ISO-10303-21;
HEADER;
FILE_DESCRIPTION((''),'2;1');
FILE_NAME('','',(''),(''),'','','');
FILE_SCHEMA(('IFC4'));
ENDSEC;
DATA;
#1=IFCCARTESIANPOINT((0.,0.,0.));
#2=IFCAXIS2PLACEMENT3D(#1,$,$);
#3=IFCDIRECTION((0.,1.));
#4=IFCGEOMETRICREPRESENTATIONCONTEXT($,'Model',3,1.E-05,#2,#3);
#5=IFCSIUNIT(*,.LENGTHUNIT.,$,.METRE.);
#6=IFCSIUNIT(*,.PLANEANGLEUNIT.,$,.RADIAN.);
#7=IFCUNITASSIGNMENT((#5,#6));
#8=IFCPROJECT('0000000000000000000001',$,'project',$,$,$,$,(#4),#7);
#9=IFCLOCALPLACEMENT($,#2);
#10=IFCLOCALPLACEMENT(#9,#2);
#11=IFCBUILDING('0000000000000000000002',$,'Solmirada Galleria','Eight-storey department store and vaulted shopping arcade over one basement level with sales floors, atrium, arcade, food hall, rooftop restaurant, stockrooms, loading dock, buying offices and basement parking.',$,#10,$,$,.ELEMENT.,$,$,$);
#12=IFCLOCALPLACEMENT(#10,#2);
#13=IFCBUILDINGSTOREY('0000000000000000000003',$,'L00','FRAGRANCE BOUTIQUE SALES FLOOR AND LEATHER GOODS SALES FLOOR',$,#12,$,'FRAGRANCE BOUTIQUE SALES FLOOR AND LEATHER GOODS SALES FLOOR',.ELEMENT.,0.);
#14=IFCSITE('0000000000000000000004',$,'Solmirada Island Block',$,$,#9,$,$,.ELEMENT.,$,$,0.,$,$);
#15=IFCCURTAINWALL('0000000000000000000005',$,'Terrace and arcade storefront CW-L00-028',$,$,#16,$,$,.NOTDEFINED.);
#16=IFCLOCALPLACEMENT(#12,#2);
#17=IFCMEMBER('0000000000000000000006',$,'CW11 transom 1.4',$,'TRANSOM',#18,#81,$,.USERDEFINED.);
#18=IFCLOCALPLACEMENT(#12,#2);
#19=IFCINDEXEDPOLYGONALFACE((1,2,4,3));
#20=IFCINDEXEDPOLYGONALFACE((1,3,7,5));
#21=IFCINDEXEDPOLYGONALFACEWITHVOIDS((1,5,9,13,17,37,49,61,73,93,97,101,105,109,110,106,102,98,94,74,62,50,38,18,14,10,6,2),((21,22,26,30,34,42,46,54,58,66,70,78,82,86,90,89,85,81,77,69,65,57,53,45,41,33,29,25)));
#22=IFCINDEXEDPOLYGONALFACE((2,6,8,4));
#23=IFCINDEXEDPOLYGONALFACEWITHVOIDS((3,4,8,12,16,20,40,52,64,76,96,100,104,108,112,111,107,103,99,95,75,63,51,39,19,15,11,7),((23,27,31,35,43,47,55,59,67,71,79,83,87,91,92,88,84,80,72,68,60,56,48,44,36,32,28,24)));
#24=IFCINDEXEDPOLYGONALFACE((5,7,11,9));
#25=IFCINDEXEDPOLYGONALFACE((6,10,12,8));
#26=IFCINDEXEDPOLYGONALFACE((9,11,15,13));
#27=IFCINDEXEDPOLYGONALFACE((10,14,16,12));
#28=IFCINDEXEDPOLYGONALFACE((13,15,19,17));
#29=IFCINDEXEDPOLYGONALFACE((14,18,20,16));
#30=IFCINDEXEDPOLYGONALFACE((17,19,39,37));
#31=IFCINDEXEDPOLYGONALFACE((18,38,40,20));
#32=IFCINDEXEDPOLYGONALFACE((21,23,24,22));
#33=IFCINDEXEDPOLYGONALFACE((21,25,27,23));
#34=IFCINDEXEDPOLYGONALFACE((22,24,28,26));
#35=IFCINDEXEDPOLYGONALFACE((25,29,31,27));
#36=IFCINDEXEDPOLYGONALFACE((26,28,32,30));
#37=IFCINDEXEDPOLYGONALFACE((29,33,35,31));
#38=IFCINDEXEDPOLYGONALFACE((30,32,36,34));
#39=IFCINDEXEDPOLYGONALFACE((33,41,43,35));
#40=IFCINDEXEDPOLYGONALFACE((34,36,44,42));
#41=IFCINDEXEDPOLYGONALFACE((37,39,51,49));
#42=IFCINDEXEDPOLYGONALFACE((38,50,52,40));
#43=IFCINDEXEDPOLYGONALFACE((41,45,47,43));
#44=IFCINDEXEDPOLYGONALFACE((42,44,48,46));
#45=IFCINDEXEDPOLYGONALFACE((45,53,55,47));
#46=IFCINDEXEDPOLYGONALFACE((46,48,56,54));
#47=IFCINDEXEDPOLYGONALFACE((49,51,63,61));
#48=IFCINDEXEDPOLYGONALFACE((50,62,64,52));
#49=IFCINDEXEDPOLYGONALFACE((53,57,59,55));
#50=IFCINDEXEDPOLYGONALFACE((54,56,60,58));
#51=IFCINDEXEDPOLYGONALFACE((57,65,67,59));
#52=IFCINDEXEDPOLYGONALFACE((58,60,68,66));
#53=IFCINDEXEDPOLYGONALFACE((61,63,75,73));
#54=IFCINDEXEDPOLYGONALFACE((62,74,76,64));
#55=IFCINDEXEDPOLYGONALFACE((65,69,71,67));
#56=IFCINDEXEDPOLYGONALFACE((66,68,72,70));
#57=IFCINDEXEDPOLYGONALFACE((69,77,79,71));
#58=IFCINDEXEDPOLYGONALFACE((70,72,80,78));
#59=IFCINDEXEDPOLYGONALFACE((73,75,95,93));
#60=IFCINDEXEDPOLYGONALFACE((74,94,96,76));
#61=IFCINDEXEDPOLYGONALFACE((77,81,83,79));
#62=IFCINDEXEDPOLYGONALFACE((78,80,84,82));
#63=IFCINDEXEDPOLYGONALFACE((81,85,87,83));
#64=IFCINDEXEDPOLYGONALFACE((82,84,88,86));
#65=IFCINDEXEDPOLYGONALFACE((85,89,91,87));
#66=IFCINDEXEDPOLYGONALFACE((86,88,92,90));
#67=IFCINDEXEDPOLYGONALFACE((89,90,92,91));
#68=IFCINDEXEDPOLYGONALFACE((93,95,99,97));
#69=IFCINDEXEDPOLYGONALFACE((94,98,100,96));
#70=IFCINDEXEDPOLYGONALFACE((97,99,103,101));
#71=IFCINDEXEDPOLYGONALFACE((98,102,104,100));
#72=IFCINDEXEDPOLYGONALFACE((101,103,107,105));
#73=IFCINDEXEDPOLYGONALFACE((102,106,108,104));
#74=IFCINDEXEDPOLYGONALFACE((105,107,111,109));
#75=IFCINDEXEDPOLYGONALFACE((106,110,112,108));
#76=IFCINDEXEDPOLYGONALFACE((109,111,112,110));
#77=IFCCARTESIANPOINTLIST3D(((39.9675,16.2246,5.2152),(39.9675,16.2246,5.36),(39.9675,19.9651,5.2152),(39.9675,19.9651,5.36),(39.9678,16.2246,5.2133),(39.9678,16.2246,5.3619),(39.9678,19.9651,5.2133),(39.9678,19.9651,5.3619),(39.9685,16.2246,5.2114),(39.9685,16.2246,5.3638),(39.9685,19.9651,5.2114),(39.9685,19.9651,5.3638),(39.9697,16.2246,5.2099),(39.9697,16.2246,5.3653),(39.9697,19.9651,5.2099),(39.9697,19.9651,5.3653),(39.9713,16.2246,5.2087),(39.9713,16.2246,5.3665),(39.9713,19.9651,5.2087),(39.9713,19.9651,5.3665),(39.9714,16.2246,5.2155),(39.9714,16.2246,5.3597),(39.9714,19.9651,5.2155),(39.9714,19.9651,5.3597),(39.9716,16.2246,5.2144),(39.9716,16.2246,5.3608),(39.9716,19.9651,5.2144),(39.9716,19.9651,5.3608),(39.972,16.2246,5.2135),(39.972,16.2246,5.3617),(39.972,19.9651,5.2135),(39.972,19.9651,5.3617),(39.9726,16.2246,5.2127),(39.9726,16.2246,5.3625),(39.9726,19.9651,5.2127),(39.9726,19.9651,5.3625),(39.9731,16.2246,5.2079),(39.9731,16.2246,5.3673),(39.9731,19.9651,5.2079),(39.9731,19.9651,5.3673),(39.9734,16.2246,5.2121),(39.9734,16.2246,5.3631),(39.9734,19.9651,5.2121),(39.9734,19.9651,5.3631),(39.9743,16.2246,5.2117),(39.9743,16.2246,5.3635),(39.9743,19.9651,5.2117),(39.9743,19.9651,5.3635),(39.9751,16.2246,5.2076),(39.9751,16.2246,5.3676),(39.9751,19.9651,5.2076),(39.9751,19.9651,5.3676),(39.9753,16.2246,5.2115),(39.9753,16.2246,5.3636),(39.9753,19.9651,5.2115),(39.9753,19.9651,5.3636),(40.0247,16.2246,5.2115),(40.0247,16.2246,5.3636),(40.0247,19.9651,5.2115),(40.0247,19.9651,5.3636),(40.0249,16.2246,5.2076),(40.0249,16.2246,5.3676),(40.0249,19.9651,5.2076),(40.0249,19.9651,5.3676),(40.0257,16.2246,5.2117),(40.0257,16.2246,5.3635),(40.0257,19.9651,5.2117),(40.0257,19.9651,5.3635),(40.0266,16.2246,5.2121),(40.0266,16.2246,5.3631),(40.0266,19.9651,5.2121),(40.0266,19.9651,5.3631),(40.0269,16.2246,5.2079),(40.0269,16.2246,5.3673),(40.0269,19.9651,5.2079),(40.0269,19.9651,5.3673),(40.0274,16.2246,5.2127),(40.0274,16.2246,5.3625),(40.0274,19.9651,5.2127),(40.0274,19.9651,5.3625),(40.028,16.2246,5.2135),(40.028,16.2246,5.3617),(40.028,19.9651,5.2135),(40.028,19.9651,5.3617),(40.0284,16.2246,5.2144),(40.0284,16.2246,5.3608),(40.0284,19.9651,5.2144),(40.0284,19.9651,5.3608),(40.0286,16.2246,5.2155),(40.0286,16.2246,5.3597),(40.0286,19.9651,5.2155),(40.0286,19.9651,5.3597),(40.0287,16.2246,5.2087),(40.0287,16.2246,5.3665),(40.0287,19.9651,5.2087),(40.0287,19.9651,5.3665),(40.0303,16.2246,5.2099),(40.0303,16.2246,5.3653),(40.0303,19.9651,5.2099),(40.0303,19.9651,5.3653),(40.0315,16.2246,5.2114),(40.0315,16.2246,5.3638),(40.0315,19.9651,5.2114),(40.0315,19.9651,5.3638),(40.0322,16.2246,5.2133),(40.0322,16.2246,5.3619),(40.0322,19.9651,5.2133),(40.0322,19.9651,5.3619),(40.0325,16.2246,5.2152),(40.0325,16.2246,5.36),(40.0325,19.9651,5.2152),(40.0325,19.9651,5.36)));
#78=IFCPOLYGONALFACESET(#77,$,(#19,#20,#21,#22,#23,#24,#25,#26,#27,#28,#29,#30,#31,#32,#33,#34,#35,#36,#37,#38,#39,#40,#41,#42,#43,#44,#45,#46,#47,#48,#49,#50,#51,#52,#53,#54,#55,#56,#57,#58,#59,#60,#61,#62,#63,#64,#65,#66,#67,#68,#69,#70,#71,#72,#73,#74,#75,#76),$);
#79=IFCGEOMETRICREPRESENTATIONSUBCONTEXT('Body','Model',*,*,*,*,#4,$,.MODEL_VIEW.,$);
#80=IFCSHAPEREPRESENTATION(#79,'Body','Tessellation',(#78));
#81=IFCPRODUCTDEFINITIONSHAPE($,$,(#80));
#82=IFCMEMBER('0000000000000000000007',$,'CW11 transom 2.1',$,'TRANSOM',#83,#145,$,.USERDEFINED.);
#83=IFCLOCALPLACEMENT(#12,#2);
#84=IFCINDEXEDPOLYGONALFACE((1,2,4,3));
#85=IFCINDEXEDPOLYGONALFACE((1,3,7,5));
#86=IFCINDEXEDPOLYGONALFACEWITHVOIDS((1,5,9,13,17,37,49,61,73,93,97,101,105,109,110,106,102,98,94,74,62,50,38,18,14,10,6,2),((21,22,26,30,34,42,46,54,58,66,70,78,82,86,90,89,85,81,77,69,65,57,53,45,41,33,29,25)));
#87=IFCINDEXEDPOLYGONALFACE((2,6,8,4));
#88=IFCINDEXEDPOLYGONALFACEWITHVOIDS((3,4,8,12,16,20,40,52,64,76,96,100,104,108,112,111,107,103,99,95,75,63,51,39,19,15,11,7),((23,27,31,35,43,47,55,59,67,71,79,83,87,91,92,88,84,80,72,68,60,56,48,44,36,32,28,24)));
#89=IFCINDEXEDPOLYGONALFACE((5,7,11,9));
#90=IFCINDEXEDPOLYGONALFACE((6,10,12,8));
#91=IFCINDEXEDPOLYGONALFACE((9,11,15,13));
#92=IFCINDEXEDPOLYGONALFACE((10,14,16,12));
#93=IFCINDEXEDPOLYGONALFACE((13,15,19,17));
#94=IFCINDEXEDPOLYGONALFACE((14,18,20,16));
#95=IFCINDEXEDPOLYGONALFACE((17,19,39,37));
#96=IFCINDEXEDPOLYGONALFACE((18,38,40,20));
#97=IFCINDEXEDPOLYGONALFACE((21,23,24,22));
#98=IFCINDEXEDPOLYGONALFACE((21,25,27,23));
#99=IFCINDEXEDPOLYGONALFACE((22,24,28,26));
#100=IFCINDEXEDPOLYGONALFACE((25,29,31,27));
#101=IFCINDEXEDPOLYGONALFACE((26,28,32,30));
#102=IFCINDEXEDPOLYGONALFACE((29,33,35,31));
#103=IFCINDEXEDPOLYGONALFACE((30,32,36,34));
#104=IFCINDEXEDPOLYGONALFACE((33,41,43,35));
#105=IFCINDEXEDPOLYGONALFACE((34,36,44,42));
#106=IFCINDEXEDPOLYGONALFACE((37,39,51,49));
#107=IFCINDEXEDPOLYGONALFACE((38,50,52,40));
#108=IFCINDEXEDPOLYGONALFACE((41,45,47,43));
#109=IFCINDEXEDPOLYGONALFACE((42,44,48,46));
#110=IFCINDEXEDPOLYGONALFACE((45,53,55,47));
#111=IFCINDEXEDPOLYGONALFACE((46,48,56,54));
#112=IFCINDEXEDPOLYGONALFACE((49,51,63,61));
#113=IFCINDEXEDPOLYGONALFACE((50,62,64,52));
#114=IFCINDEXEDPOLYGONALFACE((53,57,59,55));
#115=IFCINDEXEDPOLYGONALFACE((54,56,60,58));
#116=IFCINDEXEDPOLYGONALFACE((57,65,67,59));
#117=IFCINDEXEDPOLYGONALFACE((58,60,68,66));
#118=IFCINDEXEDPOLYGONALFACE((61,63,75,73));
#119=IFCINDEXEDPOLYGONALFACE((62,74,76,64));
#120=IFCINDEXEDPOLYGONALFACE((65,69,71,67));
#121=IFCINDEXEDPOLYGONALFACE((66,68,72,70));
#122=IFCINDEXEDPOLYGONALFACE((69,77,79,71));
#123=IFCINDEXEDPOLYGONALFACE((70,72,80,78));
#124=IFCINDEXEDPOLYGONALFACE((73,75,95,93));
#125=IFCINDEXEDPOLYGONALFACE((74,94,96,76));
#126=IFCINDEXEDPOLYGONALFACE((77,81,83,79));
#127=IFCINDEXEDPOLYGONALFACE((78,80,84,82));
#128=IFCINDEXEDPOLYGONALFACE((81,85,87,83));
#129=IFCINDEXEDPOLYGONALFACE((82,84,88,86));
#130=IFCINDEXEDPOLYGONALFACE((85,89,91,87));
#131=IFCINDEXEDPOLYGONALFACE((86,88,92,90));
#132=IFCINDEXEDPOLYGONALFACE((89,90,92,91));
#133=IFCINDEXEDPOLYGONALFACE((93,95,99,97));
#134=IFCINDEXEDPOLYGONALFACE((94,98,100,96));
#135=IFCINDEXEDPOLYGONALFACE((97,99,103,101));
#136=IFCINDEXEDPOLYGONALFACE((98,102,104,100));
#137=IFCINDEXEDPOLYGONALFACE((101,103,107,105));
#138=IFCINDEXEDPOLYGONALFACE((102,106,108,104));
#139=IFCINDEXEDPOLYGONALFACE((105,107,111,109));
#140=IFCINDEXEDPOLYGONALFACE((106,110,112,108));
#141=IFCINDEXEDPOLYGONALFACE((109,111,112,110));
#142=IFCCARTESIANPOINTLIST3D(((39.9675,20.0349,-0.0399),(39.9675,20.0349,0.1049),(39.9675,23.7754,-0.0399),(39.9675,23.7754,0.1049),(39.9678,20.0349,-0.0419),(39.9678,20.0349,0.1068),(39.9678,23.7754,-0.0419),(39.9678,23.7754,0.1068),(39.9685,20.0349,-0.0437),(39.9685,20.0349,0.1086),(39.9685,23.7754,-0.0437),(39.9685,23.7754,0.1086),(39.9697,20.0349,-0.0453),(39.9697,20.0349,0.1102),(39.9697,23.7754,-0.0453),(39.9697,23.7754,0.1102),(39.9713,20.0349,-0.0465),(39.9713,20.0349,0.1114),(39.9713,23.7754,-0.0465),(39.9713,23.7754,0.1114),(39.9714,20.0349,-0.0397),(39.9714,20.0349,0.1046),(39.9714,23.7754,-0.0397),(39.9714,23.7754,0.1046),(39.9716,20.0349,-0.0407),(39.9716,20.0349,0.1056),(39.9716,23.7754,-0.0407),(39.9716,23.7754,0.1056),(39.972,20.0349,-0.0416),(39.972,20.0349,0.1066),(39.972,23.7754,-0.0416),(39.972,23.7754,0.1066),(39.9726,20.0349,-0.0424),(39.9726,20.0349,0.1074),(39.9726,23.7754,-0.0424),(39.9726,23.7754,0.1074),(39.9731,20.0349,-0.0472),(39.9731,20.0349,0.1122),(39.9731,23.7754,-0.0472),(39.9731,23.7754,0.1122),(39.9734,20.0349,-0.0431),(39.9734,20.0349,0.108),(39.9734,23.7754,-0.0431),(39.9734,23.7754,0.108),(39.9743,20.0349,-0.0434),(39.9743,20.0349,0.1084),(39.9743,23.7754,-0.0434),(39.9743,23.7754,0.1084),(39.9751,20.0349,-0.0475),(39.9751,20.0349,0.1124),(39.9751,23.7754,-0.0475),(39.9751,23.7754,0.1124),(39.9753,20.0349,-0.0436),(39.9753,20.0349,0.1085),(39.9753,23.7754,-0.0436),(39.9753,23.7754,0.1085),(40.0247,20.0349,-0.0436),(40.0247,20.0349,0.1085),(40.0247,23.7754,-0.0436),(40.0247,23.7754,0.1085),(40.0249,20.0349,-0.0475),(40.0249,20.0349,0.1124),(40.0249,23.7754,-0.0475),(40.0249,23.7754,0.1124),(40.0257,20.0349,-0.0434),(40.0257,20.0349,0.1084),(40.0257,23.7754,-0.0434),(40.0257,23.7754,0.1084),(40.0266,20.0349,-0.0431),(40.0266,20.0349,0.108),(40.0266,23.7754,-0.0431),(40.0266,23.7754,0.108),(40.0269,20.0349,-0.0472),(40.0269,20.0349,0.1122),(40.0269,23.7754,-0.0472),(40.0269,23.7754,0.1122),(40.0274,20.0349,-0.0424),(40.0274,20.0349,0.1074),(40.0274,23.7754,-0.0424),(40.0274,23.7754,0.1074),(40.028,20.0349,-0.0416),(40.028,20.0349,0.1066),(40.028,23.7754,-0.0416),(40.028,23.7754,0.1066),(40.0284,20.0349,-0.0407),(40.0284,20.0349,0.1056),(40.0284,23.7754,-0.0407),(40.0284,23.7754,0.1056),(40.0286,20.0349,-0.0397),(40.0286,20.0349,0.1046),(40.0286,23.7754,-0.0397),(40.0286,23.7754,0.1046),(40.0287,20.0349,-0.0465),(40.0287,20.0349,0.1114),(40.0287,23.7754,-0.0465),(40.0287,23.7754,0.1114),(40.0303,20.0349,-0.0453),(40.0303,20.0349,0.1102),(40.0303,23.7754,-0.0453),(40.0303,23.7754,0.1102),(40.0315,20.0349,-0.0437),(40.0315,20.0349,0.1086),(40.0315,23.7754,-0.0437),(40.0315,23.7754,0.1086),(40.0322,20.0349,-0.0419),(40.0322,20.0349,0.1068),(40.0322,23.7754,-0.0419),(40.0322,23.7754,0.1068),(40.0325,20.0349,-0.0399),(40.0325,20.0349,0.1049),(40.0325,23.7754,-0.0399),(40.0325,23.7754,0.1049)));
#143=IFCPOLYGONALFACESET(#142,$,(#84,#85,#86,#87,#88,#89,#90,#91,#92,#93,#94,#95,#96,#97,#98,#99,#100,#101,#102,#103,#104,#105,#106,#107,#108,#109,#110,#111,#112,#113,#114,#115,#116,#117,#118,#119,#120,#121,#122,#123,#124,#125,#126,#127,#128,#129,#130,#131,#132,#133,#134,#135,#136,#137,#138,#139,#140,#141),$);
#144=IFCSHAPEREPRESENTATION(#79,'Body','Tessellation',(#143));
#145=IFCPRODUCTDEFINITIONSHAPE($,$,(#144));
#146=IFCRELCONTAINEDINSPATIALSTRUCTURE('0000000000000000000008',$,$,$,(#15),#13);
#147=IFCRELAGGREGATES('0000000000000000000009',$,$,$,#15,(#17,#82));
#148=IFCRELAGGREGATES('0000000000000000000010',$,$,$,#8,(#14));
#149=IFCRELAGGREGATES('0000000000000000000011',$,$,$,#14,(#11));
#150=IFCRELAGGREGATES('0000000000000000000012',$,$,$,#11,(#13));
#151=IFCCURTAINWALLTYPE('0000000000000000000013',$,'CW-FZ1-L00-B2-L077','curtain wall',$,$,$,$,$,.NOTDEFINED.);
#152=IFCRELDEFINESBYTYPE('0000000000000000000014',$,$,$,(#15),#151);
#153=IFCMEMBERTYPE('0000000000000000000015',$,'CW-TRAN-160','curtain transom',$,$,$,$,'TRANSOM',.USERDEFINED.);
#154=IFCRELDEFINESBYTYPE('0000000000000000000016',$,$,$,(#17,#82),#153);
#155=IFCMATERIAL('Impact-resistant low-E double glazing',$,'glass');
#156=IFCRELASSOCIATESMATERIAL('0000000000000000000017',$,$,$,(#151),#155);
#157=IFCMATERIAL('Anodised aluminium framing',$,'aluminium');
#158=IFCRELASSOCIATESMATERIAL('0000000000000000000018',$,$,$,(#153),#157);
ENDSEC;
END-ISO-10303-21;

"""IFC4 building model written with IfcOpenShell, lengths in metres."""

from ifc_helpers import new_model, si_unit, direction, frame, origin, origin_2d, place, context, subcontext, project, spatial, hollow_rectangle, extrude, material, material_profile, profile_set, type_object, element, aggregate, save


model = new_model("IFC4")

# Units and contexts
model_context = context("Model", 3, precision=1e-05, world=origin(), true_north=direction((0.0, 1.0)))
body_context = subcontext(model_context, "Body", "Model", "MODEL_VIEW")
ifc_project = project(units=[si_unit("LENGTHUNIT", "METRE"), si_unit("PLANEANGLEUNIT", "RADIAN")], contexts=[model_context])

# Site, building, storey
site_placement = place(None, origin())
site = spatial("IfcSite", under=ifc_project, at=site_placement, Name="Solmirada Island Block", CompositionType="ELEMENT", RefElevation=0.0)
building_placement = place(site_placement, origin())
building = spatial("IfcBuilding", under=site, at=building_placement, Name="Solmirada Galleria", Description="Eight-storey department store and vaulted shopping arcade over one basement level with sales floors, atrium, arcade, food hall, rooftop restaurant, stockrooms, loading dock, buying offices and basement parking.", CompositionType="ELEMENT")
storey_placement = place(building_placement, origin())
storey = spatial("IfcBuildingStorey", under=building, at=storey_placement, Name="L00", Description="FRAGRANCE BOUTIQUE SALES FLOOR AND LEATHER GOODS SALES FLOOR", LongName="FRAGRANCE BOUTIQUE SALES FLOOR AND LEATHER GOODS SALES FLOOR", CompositionType="ELEMENT", Elevation=0.0)

# Curtain wall, members
ifc_material_1 = material(Name="Impact-resistant low-E double glazing", Category="glass")
curtain_wall_type = type_object("IfcCurtainWallType", Name="CW-FZ1-L00-B2-L077", Description="curtain wall", PredefinedType="NOTDEFINED", material=ifc_material_1)
curtain_wall_placement = place(storey_placement, origin())
curtain_wall = element("IfcCurtainWall", 1, at=curtain_wall_placement, inside=storey, type_object=curtain_wall_type, Name="Terrace and arcade storefront CW-L00-028", PredefinedType="NOTDEFINED")
ifc_material_2 = material(Name="Anodised aluminium framing", Category="aluminium")
ifc_material_profile_1 = material_profile(ifc_material_2, hollow_rectangle(XDim=0.0649, YDim=0.1599, WallThickness=0.0039, InnerFilletRadius=0.0039, OuterFilletRadius=0.0076, at=origin_2d()), Name="ALU-TRAN-160X65")
ifc_profile_set_1 = profile_set([ifc_material_profile_1], Name="Anodised aluminium framing")
member_type_1 = type_object("IfcMemberType", Name="CW-TRAN-160", Description="curtain transom", ElementType="TRANSOM", PredefinedType="USERDEFINED", material=ifc_profile_set_1)
member_1_placement = place(storey_placement, frame((40.0, 16.2246, 5.2876), z_axis=(0.0, 1.0, 0.0), x_axis=(-1.0, 0.0, 0.0)))
member_1 = element("IfcMember", 2, at=member_1_placement, type_object=member_type_1, Name="CW11 transom 1.4", ObjectType="TRANSOM", PredefinedType="USERDEFINED", context=body_context, shape_type="SweptSolid", body=[
    extrude(hollow_rectangle(XDim=0.0649, YDim=0.1599, WallThickness=0.0039, InnerFilletRadius=0.0039, OuterFilletRadius=0.0076, at=origin_2d()), origin(), (0.0, 0.0, 1.0), 3.7405),
])
member_2_placement = place(storey_placement, frame((40.0, 20.0349, 0.0325), z_axis=(0.0, 1.0, 0.0), x_axis=(-1.0, 0.0, 0.0)))
member_2 = element("IfcMember", 3, at=member_2_placement, type_object=member_type_1, Name="CW11 transom 2.1", ObjectType="TRANSOM", PredefinedType="USERDEFINED", context=body_context, shape_type="SweptSolid", body=[
    extrude(hollow_rectangle(XDim=0.0649, YDim=0.1599, WallThickness=0.0039, InnerFilletRadius=0.0039, OuterFilletRadius=0.0076, at=origin_2d()), origin(), (0.0, 0.0, 1.0), 3.7405),
])
aggregate(curtain_wall, [member_1, member_2])

save(model, "model.ifc")
